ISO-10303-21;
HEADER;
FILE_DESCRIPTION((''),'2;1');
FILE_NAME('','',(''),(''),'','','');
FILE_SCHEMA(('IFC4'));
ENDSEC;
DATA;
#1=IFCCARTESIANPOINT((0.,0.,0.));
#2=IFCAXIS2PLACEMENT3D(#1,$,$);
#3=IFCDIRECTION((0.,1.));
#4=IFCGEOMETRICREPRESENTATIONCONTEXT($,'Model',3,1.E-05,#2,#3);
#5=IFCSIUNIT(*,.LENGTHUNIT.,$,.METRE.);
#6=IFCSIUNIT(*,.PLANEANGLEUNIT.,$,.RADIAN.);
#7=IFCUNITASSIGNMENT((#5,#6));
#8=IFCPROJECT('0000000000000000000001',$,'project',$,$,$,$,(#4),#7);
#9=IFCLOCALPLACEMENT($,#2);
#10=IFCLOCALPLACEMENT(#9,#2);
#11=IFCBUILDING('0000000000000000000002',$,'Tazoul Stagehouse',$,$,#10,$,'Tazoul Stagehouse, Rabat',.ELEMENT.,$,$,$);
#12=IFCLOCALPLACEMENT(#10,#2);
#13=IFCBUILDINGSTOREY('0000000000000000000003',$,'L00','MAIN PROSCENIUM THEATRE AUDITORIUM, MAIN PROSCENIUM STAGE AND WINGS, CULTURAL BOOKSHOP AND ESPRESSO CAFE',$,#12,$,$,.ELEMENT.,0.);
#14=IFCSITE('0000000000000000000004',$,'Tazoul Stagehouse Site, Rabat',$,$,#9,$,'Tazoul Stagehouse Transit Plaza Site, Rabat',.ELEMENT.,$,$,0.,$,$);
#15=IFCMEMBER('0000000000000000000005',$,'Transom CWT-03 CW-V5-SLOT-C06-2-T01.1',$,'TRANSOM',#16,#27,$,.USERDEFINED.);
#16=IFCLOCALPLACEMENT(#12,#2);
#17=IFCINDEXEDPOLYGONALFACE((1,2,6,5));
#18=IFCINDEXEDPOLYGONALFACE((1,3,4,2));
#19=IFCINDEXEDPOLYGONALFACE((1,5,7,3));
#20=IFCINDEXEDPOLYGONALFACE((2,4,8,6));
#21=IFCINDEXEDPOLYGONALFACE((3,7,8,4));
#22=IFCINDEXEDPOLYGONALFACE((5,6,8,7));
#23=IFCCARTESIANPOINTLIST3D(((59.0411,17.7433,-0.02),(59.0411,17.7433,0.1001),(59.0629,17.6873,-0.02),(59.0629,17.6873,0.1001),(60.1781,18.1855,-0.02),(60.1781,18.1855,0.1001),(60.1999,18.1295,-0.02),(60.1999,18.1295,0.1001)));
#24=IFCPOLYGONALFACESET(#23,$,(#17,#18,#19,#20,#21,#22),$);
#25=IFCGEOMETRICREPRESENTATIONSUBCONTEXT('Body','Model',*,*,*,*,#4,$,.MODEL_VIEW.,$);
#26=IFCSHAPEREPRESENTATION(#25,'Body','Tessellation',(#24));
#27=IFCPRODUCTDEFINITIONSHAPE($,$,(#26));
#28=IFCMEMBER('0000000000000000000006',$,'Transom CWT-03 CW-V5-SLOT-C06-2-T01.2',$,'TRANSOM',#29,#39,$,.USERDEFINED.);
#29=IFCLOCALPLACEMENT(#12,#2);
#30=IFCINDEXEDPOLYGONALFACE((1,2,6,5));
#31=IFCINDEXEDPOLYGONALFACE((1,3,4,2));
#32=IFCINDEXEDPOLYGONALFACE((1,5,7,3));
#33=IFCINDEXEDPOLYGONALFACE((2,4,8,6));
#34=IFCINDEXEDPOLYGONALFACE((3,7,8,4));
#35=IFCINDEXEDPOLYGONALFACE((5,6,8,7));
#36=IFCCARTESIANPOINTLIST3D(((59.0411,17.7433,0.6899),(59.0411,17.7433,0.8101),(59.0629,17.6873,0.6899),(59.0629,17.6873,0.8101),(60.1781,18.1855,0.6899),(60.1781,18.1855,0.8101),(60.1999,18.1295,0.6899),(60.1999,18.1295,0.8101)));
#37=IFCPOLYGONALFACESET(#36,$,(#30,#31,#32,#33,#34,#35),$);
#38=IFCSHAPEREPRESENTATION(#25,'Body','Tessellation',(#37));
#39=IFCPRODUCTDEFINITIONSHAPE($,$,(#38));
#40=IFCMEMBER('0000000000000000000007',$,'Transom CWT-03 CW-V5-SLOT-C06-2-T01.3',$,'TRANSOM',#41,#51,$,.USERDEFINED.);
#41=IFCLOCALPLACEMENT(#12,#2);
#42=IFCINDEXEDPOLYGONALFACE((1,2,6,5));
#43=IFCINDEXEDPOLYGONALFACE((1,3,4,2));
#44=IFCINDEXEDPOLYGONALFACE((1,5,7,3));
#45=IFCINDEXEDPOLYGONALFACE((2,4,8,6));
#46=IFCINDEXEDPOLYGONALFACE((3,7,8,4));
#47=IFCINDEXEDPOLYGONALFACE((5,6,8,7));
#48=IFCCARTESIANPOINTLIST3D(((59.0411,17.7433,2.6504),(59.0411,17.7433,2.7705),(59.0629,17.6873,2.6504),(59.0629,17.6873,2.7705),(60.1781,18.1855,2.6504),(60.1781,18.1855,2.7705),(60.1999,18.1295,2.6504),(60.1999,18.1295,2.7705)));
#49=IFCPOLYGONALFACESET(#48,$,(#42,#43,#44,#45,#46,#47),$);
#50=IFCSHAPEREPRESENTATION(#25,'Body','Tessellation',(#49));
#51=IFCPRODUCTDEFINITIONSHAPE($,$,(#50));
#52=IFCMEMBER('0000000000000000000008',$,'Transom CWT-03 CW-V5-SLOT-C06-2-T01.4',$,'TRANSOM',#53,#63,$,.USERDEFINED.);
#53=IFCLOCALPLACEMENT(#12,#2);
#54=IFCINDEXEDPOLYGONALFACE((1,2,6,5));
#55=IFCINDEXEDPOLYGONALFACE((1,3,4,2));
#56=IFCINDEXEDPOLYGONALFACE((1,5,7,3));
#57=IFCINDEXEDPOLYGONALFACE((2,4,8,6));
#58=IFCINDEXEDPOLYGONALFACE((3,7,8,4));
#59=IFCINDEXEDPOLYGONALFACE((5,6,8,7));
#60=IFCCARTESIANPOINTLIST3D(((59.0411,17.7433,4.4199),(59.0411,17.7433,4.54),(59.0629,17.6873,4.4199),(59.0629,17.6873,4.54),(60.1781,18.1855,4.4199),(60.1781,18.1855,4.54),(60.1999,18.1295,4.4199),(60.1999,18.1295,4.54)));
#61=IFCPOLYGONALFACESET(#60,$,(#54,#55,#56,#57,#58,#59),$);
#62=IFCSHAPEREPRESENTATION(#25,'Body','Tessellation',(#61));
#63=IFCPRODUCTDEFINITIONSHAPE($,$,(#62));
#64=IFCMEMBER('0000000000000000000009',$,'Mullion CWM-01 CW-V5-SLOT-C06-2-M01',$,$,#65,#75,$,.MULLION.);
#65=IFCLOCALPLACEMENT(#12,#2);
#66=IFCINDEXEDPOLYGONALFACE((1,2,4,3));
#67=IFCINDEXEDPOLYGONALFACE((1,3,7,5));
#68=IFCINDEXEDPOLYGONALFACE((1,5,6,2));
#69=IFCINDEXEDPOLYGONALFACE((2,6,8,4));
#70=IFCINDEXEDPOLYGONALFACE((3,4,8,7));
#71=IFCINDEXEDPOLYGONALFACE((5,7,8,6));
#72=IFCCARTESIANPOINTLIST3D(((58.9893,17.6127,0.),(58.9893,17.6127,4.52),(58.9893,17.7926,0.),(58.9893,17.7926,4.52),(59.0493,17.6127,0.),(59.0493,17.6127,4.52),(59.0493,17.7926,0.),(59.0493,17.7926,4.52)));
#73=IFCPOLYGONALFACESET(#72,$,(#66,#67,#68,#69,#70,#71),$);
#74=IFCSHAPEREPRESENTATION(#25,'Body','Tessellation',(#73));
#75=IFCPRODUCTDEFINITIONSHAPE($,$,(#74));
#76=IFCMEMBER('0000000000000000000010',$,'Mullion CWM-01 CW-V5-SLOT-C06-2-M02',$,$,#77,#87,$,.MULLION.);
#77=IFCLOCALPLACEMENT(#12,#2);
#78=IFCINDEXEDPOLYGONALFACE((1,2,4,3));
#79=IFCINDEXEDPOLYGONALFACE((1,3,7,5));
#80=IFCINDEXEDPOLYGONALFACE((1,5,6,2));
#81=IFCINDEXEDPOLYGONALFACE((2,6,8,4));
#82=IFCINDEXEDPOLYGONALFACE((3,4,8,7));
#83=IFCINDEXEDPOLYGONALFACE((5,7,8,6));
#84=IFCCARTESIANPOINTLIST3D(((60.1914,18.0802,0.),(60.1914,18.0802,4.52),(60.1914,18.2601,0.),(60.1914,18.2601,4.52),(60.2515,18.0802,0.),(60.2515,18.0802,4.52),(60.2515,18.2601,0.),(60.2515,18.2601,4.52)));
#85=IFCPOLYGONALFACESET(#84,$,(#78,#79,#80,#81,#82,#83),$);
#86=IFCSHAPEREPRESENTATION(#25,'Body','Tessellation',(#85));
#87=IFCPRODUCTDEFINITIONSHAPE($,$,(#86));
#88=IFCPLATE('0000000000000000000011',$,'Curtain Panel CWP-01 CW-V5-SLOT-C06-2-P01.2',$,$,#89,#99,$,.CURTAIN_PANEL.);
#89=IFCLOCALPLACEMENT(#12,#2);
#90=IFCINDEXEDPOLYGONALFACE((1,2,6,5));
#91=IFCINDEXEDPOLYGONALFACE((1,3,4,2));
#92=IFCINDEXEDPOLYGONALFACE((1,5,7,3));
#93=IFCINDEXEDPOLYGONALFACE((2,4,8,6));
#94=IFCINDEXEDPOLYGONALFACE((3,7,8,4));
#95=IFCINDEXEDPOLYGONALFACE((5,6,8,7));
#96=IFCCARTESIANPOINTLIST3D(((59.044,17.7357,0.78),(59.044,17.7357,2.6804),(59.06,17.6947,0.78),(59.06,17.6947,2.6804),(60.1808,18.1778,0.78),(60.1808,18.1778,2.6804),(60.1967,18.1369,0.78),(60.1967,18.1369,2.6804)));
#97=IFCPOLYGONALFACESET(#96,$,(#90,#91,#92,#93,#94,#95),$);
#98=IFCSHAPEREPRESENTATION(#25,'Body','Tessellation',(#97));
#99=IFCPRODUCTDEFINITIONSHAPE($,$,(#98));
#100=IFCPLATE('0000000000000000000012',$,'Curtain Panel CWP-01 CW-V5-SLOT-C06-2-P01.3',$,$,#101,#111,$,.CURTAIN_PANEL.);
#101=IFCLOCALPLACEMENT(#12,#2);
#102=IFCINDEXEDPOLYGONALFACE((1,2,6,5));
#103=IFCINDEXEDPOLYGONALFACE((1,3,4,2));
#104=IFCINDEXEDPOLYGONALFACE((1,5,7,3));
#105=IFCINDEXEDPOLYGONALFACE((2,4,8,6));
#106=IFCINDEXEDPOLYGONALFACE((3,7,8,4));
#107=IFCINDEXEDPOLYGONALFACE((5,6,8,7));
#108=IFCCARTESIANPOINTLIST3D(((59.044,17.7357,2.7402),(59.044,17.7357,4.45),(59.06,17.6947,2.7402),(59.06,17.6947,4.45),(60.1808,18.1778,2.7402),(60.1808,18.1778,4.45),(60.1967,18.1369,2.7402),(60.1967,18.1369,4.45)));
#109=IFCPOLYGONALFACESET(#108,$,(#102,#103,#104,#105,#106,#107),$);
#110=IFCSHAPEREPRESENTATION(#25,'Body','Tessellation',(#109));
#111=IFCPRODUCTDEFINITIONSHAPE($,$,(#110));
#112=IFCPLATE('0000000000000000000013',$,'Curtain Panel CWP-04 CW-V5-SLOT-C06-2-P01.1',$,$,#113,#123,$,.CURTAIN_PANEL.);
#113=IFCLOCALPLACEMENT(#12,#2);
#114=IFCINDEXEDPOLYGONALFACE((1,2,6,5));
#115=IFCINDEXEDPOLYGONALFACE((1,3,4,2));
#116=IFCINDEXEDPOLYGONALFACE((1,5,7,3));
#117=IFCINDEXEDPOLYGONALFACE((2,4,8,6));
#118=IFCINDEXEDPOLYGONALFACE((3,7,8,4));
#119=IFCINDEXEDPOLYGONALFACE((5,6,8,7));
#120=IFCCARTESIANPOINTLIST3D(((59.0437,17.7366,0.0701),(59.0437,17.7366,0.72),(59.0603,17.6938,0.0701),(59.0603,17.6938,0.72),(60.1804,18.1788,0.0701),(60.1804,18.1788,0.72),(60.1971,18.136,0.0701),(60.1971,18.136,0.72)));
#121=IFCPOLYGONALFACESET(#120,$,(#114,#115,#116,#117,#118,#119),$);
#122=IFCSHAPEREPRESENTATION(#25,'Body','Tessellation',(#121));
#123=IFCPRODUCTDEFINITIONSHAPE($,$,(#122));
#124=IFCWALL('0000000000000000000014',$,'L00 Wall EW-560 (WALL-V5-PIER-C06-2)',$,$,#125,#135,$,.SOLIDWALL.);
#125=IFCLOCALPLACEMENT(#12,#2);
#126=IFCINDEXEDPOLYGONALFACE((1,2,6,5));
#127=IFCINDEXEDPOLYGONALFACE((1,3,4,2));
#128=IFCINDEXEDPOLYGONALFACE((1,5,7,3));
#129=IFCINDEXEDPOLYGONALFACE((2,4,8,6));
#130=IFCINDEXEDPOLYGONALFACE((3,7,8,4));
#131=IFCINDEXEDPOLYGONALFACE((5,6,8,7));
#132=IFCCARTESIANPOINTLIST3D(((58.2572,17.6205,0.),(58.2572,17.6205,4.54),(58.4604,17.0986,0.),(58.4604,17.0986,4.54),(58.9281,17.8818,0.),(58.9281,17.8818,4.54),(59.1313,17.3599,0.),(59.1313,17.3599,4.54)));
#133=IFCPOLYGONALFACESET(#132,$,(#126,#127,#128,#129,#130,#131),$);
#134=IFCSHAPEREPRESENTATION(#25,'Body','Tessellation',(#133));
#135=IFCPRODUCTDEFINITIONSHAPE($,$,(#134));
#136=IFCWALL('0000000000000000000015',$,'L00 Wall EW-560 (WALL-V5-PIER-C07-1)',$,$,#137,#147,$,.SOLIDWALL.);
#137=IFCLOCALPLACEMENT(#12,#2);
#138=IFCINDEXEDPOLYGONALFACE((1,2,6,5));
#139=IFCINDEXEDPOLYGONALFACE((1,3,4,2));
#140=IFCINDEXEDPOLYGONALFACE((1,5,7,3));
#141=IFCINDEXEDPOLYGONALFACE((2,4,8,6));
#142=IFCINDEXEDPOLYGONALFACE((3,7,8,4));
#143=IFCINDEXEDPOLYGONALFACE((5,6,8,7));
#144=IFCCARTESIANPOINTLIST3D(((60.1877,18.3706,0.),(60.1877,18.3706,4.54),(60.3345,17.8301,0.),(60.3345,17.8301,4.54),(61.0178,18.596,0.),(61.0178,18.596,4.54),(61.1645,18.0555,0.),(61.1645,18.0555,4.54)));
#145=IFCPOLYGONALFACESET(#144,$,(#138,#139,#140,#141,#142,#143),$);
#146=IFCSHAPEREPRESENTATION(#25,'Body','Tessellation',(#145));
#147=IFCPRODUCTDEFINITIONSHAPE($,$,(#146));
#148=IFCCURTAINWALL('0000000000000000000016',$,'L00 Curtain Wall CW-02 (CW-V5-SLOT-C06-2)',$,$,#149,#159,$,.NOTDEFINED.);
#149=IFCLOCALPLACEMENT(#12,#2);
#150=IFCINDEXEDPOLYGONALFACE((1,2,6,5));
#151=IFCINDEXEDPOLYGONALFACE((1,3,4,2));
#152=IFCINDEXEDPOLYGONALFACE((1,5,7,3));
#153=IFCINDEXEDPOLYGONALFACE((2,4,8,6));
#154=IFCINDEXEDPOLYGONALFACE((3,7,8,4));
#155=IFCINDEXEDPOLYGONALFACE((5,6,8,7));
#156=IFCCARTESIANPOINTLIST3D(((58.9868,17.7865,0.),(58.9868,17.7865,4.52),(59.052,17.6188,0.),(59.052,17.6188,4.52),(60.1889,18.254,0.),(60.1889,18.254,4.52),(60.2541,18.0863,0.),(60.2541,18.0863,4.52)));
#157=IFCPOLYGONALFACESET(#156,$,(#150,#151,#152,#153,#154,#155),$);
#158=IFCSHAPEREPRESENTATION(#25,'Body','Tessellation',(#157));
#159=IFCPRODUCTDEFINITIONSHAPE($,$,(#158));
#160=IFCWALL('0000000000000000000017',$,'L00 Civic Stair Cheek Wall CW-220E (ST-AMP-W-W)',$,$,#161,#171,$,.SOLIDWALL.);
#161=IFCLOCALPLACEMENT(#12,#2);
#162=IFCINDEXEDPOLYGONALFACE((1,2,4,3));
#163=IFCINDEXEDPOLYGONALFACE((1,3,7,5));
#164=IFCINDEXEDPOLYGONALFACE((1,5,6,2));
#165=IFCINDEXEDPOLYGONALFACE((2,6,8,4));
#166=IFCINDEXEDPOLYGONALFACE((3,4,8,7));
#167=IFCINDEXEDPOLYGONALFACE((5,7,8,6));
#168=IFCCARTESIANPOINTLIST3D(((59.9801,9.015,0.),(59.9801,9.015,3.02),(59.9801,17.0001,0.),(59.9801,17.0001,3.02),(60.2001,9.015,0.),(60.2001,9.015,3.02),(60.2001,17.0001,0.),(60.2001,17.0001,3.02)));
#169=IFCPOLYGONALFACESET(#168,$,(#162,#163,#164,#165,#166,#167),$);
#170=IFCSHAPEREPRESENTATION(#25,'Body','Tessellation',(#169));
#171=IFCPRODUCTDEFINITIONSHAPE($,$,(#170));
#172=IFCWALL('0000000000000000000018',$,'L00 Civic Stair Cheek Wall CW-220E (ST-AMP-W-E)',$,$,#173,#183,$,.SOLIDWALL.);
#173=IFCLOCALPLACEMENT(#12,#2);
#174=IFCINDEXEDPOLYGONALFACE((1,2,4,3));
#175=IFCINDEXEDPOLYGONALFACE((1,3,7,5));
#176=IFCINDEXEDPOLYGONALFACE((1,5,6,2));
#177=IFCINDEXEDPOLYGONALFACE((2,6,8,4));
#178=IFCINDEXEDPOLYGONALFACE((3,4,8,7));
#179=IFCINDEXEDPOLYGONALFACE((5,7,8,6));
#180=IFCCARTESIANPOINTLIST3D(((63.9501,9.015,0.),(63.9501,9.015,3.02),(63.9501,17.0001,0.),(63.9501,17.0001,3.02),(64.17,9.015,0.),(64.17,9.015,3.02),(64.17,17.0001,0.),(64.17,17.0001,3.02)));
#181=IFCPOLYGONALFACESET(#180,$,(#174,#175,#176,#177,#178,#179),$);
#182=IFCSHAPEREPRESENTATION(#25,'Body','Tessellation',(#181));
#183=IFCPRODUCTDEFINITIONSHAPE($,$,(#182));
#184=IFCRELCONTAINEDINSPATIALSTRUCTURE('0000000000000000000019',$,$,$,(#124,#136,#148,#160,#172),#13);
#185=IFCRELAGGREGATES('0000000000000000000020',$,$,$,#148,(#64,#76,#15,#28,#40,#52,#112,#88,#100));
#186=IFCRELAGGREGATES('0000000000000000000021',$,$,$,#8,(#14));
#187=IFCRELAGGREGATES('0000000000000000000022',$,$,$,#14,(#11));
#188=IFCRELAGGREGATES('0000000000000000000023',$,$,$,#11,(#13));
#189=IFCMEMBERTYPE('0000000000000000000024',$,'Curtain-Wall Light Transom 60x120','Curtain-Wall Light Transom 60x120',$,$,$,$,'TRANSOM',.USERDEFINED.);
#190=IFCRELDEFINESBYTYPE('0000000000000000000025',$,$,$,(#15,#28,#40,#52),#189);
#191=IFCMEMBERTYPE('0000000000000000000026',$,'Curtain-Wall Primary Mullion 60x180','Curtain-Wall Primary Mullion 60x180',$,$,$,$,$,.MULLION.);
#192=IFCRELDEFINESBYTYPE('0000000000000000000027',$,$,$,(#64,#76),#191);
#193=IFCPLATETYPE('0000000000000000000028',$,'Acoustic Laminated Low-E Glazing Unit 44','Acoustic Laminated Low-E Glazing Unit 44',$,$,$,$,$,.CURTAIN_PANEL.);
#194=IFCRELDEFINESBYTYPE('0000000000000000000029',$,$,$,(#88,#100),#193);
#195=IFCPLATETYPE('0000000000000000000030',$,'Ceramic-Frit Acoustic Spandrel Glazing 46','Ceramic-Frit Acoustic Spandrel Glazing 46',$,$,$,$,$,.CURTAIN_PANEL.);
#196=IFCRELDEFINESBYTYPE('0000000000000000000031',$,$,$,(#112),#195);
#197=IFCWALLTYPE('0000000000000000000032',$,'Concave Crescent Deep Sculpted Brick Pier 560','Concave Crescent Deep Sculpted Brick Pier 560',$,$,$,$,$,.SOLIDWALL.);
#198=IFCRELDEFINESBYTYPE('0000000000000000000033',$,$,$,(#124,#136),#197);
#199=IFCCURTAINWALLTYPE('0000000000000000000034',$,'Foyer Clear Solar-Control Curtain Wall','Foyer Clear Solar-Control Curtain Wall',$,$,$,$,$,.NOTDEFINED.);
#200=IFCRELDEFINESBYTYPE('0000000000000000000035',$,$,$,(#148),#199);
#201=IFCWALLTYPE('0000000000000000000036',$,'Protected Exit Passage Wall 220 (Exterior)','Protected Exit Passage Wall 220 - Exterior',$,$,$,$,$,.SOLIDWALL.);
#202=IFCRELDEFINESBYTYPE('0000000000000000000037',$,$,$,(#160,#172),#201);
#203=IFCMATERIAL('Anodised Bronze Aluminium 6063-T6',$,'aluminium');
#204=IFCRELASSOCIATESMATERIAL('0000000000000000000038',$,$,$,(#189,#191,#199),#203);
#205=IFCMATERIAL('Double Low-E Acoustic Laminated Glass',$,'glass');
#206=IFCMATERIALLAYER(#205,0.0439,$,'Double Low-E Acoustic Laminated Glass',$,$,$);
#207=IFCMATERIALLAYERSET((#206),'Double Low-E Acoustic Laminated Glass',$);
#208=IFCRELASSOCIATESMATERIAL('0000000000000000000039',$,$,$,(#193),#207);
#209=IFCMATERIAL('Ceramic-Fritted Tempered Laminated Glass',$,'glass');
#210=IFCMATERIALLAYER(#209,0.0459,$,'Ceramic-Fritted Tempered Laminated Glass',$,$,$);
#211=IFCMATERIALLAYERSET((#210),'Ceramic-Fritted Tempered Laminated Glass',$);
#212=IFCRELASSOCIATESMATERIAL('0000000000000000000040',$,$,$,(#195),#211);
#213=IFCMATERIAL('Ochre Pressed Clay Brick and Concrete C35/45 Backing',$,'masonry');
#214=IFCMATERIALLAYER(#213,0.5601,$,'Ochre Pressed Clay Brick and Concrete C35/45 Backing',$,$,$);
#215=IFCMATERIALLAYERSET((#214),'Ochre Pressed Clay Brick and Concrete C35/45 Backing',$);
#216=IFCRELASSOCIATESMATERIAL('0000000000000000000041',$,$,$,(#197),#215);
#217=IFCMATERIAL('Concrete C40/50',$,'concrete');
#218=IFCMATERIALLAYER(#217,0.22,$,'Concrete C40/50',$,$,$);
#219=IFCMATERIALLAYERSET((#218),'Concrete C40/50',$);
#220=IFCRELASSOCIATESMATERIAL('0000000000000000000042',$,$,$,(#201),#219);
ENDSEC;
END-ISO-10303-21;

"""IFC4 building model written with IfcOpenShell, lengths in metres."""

from ifc_helpers import new_model, si_unit, direction, frame, frame_2d, origin, origin_2d, place, context, subcontext, project, spatial, rectangle, extrude, material, layer, layer_set, material_profile, profile_set, type_object, element, aggregate, save


model = new_model("IFC4")

# Units and contexts
model_context = context("Model", 3, precision=1e-05, world=origin(), true_north=direction((0.0, 1.0)))
body_context = subcontext(model_context, "Body", "Model", "MODEL_VIEW")
ifc_project = project(units=[si_unit("LENGTHUNIT", "METRE"), si_unit("PLANEANGLEUNIT", "RADIAN")], contexts=[model_context])

# Site, building, storey
site_placement = place(None, origin())
site = spatial("IfcSite", under=ifc_project, at=site_placement, Name="Tazoul Stagehouse Site, Rabat", LongName="Tazoul Stagehouse Transit Plaza Site, Rabat", CompositionType="ELEMENT", RefElevation=0.0)
building_placement = place(site_placement, origin())
building = spatial("IfcBuilding", under=site, at=building_placement, Name="Tazoul Stagehouse", LongName="Tazoul Stagehouse, Rabat", CompositionType="ELEMENT")
storey_placement = place(building_placement, origin())
storey = spatial("IfcBuildingStorey", under=building, at=storey_placement, Name="L00", Description="MAIN PROSCENIUM THEATRE AUDITORIUM, MAIN PROSCENIUM STAGE AND WINGS, CULTURAL BOOKSHOP AND ESPRESSO CAFE", CompositionType="ELEMENT", Elevation=0.0)

# Members
ifc_material_1 = material(Name="Anodised Bronze Aluminium 6063-T6", Category="aluminium")
ifc_material_profile_1 = material_profile(ifc_material_1, rectangle(XDim=0.0601, YDim=0.1201, at=origin_2d()), Name="ALU TRANSOM 60x120")
ifc_profile_set_1 = profile_set([ifc_material_profile_1], Name="Anodised Bronze Aluminium 6063-T6")
member_type_1 = type_object("IfcMemberType", Name="Curtain-Wall Light Transom 60x120", Description="Curtain-Wall Light Transom 60x120", ElementType="TRANSOM", PredefinedType="USERDEFINED", material=ifc_profile_set_1)
member_1_placement = place(storey_placement, frame((59.052, 17.7153, 0.04), z_axis=(0.932008, 0.362437, 0.0), x_axis=(-0.362437, 0.932008, 0.0)))
member_1 = element("IfcMember", 1, at=member_1_placement, type_object=member_type_1, Name="Transom CWT-03 CW-V5-SLOT-C06-2-T01.1", ObjectType="TRANSOM", PredefinedType="USERDEFINED", context=body_context, shape_type="SweptSolid", body=[
    extrude(rectangle(XDim=0.0601, YDim=0.1201, at=origin_2d()), origin(), (0.0, 0.0, 1.0), 1.22),
])
member_2_placement = place(storey_placement, frame((59.052, 17.7153, 0.75), z_axis=(0.932008, 0.362437, 0.0), x_axis=(-0.362437, 0.932008, 0.0)))
member_2 = element("IfcMember", 2, at=member_2_placement, type_object=member_type_1, Name="Transom CWT-03 CW-V5-SLOT-C06-2-T01.2", ObjectType="TRANSOM", PredefinedType="USERDEFINED", context=body_context, shape_type="SweptSolid", body=[
    extrude(rectangle(XDim=0.0601, YDim=0.1201, at=origin_2d()), origin(), (0.0, 0.0, 1.0), 1.22),
])
member_3_placement = place(storey_placement, frame((59.052, 17.7153, 2.7104), z_axis=(0.932008, 0.362437, 0.0), x_axis=(-0.362437, 0.932008, 0.0)))
member_3 = element("IfcMember", 3, at=member_3_placement, type_object=member_type_1, Name="Transom CWT-03 CW-V5-SLOT-C06-2-T01.3", ObjectType="TRANSOM", PredefinedType="USERDEFINED", context=body_context, shape_type="SweptSolid", body=[
    extrude(rectangle(XDim=0.0601, YDim=0.1201, at=origin_2d()), origin(), (0.0, 0.0, 1.0), 1.22),
])
member_4_placement = place(storey_placement, frame((59.052, 17.7153, 4.48), z_axis=(0.932008, 0.362437, 0.0), x_axis=(-0.362437, 0.932008, 0.0)))
member_4 = element("IfcMember", 4, at=member_4_placement, type_object=member_type_1, Name="Transom CWT-03 CW-V5-SLOT-C06-2-T01.4", ObjectType="TRANSOM", PredefinedType="USERDEFINED", context=body_context, shape_type="SweptSolid", body=[
    extrude(rectangle(XDim=0.0601, YDim=0.1201, at=origin_2d()), origin(), (0.0, 0.0, 1.0), 1.22),
])
ifc_material_profile_2 = material_profile(ifc_material_1, rectangle(XDim=0.0601, YDim=0.1799, at=origin_2d()), Name="ALU MULLION 60x180")
ifc_profile_set_2 = profile_set([ifc_material_profile_2], Name="Anodised Bronze Aluminium 6063-T6")
member_type_2 = type_object("IfcMemberType", Name="Curtain-Wall Primary Mullion 60x180", Description="Curtain-Wall Primary Mullion 60x180", PredefinedType="MULLION", material=ifc_profile_set_2)
member_5_placement = place(storey_placement, frame((59.0193, 17.7026, 0.0), z_axis=(0.0, 0.0, 1.0), x_axis=(1.0, 0.0, 0.0)))
member_5 = element("IfcMember", 5, at=member_5_placement, type_object=member_type_2, Name="Mullion CWM-01 CW-V5-SLOT-C06-2-M01", PredefinedType="MULLION", context=body_context, shape_type="SweptSolid", body=[
    extrude(rectangle(XDim=0.0601, YDim=0.1799, at=origin_2d()), origin(), (0.0, 0.0, 1.0), 4.52),
])
member_6_placement = place(storey_placement, frame((60.2214, 18.1702, 0.0), z_axis=(0.0, 0.0, 1.0), x_axis=(1.0, 0.0, 0.0)))
member_6 = element("IfcMember", 6, at=member_6_placement, type_object=member_type_2, Name="Mullion CWM-01 CW-V5-SLOT-C06-2-M02", PredefinedType="MULLION", context=body_context, shape_type="SweptSolid", body=[
    extrude(rectangle(XDim=0.0601, YDim=0.1799, at=origin_2d()), origin(), (0.0, 0.0, 1.0), 4.52),
])

# Plates
ifc_material_2 = material(Name="Double Low-E Acoustic Laminated Glass", Category="glass")
ifc_layer_1 = layer(ifc_material_2, 0.0439, Name="Double Low-E Acoustic Laminated Glass")
ifc_layer_set_1 = layer_set([ifc_layer_1], Name="Double Low-E Acoustic Laminated Glass")
plate_type_1 = type_object("IfcPlateType", Name="Acoustic Laminated Low-E Glazing Unit 44", Description="Acoustic Laminated Low-E Glazing Unit 44", PredefinedType="CURTAIN_PANEL", material=ifc_layer_set_1)
plate_1_placement = place(storey_placement, frame((59.6204, 17.9363, 0.78), z_axis=(0.0, 0.0, 1.0), x_axis=(0.931974, 0.362524, 0.0)))
plate_1 = element("IfcPlate", 7, at=plate_1_placement, type_object=plate_type_1, Name="Curtain Panel CWP-01 CW-V5-SLOT-C06-2-P01.2", PredefinedType="CURTAIN_PANEL", context=body_context, shape_type="SweptSolid", body=[
    extrude(rectangle(XDim=1.2197, YDim=0.0439, at=origin_2d()), origin(), (0.0, 0.0, 1.0), 1.9004),
])
plate_2_placement = place(storey_placement, frame((59.6204, 17.9363, 2.7402), z_axis=(0.0, 0.0, 1.0), x_axis=(0.931974, 0.362524, 0.0)))
plate_2 = element("IfcPlate", 8, at=plate_2_placement, type_object=plate_type_1, Name="Curtain Panel CWP-01 CW-V5-SLOT-C06-2-P01.3", PredefinedType="CURTAIN_PANEL", context=body_context, shape_type="SweptSolid", body=[
    extrude(rectangle(XDim=1.2197, YDim=0.0439, at=origin_2d()), origin(), (0.0, 0.0, 1.0), 1.7097),
])
ifc_material_3 = material(Name="Ceramic-Fritted Tempered Laminated Glass", Category="glass")
ifc_layer_2 = layer(ifc_material_3, 0.0459, Name="Ceramic-Fritted Tempered Laminated Glass")
ifc_layer_set_2 = layer_set([ifc_layer_2], Name="Ceramic-Fritted Tempered Laminated Glass")
plate_type_2 = type_object("IfcPlateType", Name="Ceramic-Frit Acoustic Spandrel Glazing 46", Description="Ceramic-Frit Acoustic Spandrel Glazing 46", PredefinedType="CURTAIN_PANEL", material=ifc_layer_set_2)
plate_3_placement = place(storey_placement, frame((59.6204, 17.9363, 0.0701), z_axis=(0.0, 0.0, 1.0), x_axis=(0.931974, 0.362524, 0.0)))
plate_3 = element("IfcPlate", 9, at=plate_3_placement, type_object=plate_type_2, Name="Curtain Panel CWP-04 CW-V5-SLOT-C06-2-P01.1", PredefinedType="CURTAIN_PANEL", context=body_context, shape_type="SweptSolid", body=[
    extrude(rectangle(XDim=1.2197, YDim=0.0459, at=origin_2d()), origin(), (0.0, 0.0, 1.0), 0.6499),
])

# Walls
ifc_material_4 = material(Name="Ochre Pressed Clay Brick and Concrete C35/45 Backing", Category="masonry")
ifc_layer_3 = layer(ifc_material_4, 0.5601, Name="Ochre Pressed Clay Brick and Concrete C35/45 Backing")
ifc_layer_set_3 = layer_set([ifc_layer_3], Name="Ochre Pressed Clay Brick and Concrete C35/45 Backing")
wall_type_1 = type_object("IfcWallType", Name="Concave Crescent Deep Sculpted Brick Pier 560", Description="Concave Crescent Deep Sculpted Brick Pier 560", PredefinedType="SOLIDWALL", material=ifc_layer_set_3)
wall_1_placement = place(storey_placement, frame((58.3589, 17.3596, 0.0), z_axis=(0.0, 0.0, 1.0), x_axis=(0.931852, 0.362839, 0.0)))
element("IfcWall", 10, at=wall_1_placement, inside=storey, type_object=wall_type_1, Name="L00 Wall EW-560 (WALL-V5-PIER-C06-2)", PredefinedType="SOLIDWALL", context=body_context, shape_type="SweptSolid", body=[
    extrude(rectangle(XDim=0.72, YDim=0.5601, at=frame_2d((0.3599, 0.0))), origin(), (0.0, 0.0, 1.0), 4.54),
])
wall_2_placement = place(storey_placement, frame((60.261, 18.1003, 0.0), z_axis=(0.0, 0.0, 1.0), x_axis=(0.965071, 0.261988, 0.0)))
element("IfcWall", 11, at=wall_2_placement, inside=storey, type_object=wall_type_1, Name="L00 Wall EW-560 (WALL-V5-PIER-C07-1)", PredefinedType="SOLIDWALL", context=body_context, shape_type="SweptSolid", body=[
    extrude(rectangle(XDim=0.8601, YDim=0.5601, at=frame_2d((0.4302, 0.0))), origin(), (0.0, 0.0, 1.0), 4.54),
])

# Curtain wall
curtain_wall_type = type_object("IfcCurtainWallType", Name="Foyer Clear Solar-Control Curtain Wall", Description="Foyer Clear Solar-Control Curtain Wall", PredefinedType="NOTDEFINED", material=ifc_material_1)
curtain_wall_placement = place(storey_placement, frame((59.0193, 17.7026, 0.0), z_axis=(0.0, 0.0, 1.0), x_axis=(0.931998, 0.362465, 0.0)))
curtain_wall = element("IfcCurtainWall", 12, at=curtain_wall_placement, inside=storey, type_object=curtain_wall_type, Name="L00 Curtain Wall CW-02 (CW-V5-SLOT-C06-2)", PredefinedType="NOTDEFINED", context=body_context, shape_type="SweptSolid", body=[
    extrude(rectangle(XDim=1.2898, YDim=0.1799, at=frame_2d((0.645, 0.0))), origin(), (0.0, 0.0, 1.0), 4.52),
])
aggregate(curtain_wall, [member_5, member_6, member_1, member_2, member_3, member_4, plate_3, plate_1, plate_2])

# Walls
ifc_material_5 = material(Name="Concrete C40/50", Category="concrete")
ifc_layer_4 = layer(ifc_material_5, 0.22, Name="Concrete C40/50")
ifc_layer_set_4 = layer_set([ifc_layer_4], Name="Concrete C40/50")
wall_type_2 = type_object("IfcWallType", Name="Protected Exit Passage Wall 220 (Exterior)", Description="Protected Exit Passage Wall 220 - Exterior", PredefinedType="SOLIDWALL", material=ifc_layer_set_4)
for number, where, z_axis, x_axis, name in (
    (13, (60.0901, 9.0149, 0.0), (0.0, 0.0, 1.0), (0.0, 1.0, 0.0), "L00 Civic Stair Cheek Wall CW-220E (ST-AMP-W-W)"),
    (14, (64.0601, 9.0149, 0.0), (0.0, 0.0, 1.0), (0.0, 1.0, 0.0), "L00 Civic Stair Cheek Wall CW-220E (ST-AMP-W-E)"),
):
    element("IfcWall", number, at=place(storey_placement, frame(where, z_axis=z_axis, x_axis=x_axis)), inside=storey, type_object=wall_type_2, Name=name, PredefinedType="SOLIDWALL", context=body_context, shape_type="SweptSolid", body=[
        extrude(rectangle(XDim=7.9851, YDim=0.22, at=frame_2d((3.9927, 0.0))), origin(), (0.0, 0.0, 1.0), 3.02),
    ])

save(model, "model.ifc")
